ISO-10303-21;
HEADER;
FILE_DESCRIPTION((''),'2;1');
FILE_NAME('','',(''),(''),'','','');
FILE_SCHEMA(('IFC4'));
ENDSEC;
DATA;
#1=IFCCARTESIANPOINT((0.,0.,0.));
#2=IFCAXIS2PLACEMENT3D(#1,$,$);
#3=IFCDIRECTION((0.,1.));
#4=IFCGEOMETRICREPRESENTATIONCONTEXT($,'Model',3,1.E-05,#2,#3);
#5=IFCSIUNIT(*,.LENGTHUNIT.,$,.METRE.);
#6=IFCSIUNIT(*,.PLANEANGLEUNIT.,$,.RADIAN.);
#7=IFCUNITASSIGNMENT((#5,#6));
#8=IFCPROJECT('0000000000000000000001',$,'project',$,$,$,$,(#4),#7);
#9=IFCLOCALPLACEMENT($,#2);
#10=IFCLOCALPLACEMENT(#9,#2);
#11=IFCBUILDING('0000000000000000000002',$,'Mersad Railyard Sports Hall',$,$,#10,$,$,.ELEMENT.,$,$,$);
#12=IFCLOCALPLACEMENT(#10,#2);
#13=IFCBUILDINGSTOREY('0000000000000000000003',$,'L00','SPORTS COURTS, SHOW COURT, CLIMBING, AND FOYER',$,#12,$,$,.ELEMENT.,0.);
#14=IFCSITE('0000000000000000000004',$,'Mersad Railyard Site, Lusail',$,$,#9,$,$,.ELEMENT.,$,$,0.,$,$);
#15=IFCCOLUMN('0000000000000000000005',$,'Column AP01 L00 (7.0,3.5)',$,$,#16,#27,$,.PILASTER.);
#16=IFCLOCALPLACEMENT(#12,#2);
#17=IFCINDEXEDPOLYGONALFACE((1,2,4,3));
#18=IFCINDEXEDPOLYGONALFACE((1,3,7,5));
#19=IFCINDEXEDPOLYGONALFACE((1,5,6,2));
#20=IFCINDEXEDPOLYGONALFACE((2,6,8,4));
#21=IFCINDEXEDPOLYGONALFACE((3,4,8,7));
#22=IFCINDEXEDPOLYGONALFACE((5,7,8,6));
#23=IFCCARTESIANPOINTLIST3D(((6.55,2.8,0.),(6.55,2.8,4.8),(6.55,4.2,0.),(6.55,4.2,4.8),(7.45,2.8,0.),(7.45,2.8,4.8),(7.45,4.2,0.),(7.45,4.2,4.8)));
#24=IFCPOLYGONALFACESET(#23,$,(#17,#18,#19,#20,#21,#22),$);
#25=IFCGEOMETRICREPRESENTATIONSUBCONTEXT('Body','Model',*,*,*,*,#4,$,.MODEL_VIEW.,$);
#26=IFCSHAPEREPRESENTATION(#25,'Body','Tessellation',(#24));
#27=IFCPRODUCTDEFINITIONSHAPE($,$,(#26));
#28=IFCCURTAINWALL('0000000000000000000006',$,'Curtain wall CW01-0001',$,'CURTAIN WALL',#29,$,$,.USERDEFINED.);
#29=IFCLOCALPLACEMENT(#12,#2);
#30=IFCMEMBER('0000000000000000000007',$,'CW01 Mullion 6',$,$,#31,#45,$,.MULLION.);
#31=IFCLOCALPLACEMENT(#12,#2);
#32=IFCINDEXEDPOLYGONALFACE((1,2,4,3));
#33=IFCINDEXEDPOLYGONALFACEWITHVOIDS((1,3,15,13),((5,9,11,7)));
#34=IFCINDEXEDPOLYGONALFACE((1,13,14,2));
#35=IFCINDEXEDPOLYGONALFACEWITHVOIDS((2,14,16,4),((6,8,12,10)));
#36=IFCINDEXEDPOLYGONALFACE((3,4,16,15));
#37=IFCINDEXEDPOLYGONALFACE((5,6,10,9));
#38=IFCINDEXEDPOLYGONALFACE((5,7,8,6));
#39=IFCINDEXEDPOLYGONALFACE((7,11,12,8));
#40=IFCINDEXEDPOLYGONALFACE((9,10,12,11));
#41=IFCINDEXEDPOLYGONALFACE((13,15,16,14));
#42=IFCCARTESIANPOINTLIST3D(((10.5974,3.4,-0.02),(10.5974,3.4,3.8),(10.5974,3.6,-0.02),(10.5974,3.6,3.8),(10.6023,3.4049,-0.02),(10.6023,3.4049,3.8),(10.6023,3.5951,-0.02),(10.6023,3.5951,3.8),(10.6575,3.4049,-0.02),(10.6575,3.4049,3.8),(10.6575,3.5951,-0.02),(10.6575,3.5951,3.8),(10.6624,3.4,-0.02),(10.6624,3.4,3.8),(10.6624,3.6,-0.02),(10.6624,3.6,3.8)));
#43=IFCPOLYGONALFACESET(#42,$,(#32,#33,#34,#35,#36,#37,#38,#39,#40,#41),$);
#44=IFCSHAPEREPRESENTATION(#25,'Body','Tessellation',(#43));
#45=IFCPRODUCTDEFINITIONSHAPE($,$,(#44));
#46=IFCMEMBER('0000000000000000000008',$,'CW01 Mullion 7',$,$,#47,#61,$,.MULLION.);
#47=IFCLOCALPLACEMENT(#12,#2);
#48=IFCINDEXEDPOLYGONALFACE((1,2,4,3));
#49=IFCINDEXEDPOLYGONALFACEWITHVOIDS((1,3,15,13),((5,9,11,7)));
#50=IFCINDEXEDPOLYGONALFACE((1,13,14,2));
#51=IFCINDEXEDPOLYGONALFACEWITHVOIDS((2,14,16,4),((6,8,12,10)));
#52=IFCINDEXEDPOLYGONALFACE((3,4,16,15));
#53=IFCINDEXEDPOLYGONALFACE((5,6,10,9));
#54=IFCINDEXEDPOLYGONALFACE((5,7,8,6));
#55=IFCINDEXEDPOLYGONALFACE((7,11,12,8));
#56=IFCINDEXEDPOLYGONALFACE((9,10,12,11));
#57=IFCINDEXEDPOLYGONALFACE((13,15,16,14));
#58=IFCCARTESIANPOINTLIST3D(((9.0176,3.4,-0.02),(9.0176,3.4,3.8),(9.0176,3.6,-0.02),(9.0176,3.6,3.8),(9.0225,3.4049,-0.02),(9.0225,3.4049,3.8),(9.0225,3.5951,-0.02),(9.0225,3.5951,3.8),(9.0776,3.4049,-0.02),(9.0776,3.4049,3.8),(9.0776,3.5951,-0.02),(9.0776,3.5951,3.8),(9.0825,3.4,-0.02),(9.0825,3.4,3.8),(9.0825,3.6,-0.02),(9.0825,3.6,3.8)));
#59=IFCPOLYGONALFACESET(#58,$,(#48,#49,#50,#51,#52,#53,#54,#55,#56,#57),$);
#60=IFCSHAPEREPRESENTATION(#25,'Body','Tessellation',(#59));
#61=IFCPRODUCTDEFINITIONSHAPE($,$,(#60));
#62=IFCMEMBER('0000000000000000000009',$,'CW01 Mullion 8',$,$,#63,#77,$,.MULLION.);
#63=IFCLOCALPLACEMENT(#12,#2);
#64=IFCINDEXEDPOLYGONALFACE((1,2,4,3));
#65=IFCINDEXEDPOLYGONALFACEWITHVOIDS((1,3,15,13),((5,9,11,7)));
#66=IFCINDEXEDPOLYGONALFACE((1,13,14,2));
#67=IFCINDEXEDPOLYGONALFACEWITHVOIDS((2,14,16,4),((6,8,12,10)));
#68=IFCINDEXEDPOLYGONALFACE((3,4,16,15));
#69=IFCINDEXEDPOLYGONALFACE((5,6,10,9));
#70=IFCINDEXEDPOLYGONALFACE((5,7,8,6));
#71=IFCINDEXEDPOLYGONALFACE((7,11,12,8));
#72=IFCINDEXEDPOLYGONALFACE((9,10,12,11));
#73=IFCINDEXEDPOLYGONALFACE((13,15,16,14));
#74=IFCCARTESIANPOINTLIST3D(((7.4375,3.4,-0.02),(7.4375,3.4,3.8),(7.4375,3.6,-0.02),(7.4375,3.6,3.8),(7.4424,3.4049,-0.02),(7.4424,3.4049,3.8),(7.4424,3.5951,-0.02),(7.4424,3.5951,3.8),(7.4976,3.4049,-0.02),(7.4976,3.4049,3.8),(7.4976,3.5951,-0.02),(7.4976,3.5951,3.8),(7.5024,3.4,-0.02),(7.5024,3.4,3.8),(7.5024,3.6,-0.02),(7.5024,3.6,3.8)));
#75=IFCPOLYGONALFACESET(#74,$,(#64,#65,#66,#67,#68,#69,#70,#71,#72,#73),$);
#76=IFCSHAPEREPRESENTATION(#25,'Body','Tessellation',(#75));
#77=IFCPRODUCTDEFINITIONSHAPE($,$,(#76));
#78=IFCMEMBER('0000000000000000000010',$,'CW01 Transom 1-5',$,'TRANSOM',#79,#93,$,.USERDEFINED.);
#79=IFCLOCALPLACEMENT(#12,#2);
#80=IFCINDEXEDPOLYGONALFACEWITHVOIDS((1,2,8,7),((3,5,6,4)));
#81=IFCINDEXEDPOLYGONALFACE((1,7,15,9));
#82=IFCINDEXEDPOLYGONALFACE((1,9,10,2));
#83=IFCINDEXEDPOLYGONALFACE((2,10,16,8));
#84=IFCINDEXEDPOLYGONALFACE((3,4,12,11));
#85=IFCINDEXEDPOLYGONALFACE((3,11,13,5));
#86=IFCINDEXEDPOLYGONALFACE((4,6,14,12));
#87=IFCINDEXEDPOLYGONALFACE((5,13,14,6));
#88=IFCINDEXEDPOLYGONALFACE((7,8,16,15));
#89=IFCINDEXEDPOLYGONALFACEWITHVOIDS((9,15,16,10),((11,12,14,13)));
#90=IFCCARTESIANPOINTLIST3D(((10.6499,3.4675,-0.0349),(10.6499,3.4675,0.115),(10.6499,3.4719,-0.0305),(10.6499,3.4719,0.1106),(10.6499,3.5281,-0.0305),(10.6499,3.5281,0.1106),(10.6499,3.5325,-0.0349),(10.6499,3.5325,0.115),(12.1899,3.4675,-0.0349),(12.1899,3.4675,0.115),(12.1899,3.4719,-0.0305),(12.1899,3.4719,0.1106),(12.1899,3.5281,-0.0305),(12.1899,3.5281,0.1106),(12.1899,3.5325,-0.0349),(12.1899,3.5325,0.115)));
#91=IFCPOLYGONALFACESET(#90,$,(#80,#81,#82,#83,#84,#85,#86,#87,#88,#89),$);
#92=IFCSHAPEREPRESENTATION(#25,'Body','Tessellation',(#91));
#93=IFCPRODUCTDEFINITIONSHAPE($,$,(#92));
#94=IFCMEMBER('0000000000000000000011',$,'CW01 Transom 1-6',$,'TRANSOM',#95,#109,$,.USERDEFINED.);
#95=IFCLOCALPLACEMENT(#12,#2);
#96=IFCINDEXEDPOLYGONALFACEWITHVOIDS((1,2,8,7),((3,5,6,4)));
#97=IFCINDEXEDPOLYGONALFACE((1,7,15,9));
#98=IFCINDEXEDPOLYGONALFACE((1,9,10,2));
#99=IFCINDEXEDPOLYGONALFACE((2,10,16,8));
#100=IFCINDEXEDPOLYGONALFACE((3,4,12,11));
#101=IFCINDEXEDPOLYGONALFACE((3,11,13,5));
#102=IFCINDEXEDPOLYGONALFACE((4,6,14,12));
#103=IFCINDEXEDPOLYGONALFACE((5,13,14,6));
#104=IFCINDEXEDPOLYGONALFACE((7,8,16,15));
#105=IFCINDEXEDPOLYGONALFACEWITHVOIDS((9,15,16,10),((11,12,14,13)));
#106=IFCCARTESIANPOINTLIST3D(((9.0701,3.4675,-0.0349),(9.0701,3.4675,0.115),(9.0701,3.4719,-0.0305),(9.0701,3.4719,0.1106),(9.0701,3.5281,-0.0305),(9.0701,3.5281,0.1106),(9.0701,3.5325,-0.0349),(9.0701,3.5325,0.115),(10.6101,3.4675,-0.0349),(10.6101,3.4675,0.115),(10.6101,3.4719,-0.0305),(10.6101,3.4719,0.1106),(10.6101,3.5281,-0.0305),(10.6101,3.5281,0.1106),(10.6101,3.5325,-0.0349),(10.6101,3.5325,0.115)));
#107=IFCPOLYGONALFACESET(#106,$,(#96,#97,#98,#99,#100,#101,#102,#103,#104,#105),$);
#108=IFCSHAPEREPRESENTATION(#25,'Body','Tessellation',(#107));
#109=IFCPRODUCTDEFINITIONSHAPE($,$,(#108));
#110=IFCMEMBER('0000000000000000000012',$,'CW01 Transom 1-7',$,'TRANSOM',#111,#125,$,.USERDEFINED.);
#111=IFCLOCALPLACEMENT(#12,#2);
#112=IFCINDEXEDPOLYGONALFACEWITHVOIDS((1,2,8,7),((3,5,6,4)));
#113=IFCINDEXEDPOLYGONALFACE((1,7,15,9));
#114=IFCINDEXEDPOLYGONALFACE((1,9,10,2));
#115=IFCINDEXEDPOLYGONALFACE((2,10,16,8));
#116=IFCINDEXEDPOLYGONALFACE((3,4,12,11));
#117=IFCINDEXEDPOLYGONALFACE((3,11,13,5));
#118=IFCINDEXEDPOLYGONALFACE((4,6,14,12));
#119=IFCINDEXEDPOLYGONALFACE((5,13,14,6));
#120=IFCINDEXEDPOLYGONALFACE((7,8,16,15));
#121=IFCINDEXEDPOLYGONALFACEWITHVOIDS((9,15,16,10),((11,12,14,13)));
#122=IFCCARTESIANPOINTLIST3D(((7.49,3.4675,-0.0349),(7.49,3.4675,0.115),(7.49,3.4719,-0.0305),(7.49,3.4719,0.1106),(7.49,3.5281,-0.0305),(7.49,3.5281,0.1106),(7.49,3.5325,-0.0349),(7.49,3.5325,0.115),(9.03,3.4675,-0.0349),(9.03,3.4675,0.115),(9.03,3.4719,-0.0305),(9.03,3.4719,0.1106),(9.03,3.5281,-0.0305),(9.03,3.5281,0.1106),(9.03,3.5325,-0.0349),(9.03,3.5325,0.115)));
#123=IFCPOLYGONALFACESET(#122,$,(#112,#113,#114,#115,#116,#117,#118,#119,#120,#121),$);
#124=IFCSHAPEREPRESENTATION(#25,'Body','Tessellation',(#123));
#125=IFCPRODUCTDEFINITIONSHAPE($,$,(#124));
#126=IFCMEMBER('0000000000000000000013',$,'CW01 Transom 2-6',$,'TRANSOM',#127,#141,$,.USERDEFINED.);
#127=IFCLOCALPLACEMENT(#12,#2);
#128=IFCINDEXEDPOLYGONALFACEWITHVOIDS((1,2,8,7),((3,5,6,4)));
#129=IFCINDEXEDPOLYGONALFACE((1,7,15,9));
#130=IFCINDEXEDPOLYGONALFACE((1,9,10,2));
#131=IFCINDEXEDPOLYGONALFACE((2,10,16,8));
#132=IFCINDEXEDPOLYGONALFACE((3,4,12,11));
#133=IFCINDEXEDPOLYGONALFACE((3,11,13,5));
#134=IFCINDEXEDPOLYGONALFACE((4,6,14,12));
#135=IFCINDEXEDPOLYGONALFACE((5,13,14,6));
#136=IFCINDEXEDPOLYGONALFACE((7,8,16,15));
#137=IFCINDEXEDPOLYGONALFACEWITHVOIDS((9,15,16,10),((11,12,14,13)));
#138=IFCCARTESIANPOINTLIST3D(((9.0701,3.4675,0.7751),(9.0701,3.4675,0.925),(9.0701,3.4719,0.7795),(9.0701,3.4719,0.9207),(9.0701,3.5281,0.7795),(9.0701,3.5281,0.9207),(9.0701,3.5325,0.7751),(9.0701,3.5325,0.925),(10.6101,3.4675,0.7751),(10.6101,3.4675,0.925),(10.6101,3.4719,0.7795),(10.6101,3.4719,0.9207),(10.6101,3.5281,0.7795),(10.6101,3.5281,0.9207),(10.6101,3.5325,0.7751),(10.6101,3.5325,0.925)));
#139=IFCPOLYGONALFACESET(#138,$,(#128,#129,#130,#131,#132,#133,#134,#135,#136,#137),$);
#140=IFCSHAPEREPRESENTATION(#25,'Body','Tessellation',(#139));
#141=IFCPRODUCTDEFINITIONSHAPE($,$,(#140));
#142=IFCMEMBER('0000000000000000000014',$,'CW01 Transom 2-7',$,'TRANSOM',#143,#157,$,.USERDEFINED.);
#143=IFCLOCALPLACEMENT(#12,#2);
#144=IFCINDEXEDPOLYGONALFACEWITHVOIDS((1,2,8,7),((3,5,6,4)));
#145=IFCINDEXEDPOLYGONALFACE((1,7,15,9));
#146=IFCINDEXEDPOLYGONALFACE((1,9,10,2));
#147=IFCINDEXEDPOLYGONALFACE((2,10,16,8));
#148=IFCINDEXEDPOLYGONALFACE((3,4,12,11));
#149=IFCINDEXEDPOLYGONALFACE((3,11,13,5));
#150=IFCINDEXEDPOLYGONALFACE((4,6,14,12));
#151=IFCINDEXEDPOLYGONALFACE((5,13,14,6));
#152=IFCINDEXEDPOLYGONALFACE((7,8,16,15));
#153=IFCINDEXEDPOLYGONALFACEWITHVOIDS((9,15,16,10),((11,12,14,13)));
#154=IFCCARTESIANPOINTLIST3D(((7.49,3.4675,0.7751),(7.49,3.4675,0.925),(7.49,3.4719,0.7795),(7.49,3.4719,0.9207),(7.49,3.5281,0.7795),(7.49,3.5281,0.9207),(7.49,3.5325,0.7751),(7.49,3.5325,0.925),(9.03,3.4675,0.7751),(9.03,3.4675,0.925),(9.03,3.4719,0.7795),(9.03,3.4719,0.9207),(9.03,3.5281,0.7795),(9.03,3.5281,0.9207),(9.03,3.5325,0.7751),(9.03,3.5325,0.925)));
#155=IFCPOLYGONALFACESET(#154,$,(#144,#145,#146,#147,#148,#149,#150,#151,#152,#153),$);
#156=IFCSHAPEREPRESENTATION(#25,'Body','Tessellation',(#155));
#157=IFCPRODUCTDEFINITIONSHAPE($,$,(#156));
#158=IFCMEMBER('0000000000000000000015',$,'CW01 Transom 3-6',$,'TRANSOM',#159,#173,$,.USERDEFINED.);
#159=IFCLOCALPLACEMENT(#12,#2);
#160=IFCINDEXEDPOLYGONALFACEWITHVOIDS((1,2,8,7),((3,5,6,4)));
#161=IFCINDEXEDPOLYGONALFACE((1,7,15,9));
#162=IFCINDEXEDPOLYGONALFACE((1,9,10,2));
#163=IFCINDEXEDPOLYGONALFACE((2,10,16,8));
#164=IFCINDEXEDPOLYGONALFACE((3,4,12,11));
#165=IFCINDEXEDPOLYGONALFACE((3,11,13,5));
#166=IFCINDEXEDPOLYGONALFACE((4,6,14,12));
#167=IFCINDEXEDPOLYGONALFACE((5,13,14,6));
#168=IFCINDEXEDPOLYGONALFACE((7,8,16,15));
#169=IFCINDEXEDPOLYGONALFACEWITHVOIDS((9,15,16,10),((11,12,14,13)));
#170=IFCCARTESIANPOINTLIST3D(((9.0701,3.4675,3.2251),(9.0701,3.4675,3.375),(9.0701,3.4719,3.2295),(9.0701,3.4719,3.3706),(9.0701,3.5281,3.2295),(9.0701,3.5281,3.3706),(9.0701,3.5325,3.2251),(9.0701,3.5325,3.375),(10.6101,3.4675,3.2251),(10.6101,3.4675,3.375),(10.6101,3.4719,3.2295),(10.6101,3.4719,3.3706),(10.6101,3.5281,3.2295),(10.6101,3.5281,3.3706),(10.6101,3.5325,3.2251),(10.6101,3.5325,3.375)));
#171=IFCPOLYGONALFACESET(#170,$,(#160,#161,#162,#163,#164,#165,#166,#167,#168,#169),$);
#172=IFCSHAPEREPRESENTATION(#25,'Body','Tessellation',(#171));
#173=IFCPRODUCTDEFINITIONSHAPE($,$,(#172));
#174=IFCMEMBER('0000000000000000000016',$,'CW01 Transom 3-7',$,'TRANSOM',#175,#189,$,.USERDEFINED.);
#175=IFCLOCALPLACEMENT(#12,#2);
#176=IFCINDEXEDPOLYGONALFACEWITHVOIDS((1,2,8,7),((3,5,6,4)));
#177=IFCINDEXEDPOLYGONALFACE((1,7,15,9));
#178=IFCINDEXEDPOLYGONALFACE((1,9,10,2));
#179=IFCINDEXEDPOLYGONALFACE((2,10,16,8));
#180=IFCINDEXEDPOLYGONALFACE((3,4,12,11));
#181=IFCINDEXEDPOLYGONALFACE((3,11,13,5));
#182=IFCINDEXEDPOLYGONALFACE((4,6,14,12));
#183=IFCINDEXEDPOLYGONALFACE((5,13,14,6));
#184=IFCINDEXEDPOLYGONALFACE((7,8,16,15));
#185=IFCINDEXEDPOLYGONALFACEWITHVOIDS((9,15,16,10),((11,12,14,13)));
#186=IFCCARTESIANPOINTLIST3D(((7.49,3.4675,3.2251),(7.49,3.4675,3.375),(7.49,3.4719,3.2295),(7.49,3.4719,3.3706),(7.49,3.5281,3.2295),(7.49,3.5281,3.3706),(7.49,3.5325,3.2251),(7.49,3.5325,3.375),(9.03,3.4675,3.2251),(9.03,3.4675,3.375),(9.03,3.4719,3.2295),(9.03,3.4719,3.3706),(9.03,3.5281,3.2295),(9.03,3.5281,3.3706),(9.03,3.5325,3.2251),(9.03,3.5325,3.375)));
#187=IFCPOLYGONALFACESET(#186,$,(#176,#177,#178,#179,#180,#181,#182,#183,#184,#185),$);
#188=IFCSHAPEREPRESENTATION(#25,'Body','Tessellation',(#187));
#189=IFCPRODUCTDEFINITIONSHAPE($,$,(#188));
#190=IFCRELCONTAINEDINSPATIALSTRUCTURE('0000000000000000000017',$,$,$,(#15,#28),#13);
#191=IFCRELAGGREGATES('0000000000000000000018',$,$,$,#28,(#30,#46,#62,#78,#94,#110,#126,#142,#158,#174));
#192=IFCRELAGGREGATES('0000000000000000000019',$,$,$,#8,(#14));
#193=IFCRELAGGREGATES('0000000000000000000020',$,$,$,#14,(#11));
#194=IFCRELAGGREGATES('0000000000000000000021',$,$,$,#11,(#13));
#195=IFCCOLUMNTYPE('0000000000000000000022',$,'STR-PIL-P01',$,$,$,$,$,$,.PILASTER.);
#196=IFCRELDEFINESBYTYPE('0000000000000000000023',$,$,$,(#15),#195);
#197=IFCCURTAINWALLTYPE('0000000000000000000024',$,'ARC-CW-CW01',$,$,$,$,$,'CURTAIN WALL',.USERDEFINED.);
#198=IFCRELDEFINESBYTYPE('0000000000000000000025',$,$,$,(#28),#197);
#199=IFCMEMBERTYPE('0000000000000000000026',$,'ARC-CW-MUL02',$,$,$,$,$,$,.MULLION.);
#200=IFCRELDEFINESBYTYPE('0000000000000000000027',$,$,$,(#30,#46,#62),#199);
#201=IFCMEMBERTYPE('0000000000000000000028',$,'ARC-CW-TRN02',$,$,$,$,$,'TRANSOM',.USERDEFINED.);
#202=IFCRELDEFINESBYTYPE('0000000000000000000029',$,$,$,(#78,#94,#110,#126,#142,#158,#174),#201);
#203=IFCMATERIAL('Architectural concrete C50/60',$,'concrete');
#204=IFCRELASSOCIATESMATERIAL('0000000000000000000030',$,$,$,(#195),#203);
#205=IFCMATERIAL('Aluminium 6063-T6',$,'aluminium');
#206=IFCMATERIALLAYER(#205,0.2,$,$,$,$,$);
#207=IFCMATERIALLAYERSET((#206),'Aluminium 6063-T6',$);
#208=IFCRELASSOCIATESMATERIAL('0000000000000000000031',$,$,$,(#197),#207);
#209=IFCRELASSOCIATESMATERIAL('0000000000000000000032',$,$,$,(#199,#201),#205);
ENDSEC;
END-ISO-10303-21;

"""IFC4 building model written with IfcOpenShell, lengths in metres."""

from ifc_helpers import new_model, si_unit, direction, frame, origin, origin_2d, place, context, subcontext, project, spatial, rectangle, hollow_rectangle, extrude, material, layer, layer_set, material_profile, profile_set, type_object, element, aggregate, save


model = new_model("IFC4")

# Units and contexts
model_context = context("Model", 3, precision=1e-05, world=origin(), true_north=direction((0.0, 1.0)))
body_context = subcontext(model_context, "Body", "Model", "MODEL_VIEW")
ifc_project = project(units=[si_unit("LENGTHUNIT", "METRE"), si_unit("PLANEANGLEUNIT", "RADIAN")], contexts=[model_context])

# Site, building, storey
site_placement = place(None, origin())
site = spatial("IfcSite", under=ifc_project, at=site_placement, Name="Mersad Railyard Site, Lusail", CompositionType="ELEMENT", RefElevation=0.0)
building_placement = place(site_placement, origin())
building = spatial("IfcBuilding", under=site, at=building_placement, Name="Mersad Railyard Sports Hall", CompositionType="ELEMENT")
storey_placement = place(building_placement, origin())
storey = spatial("IfcBuildingStorey", under=building, at=storey_placement, Name="L00", Description="SPORTS COURTS, SHOW COURT, CLIMBING, AND FOYER", CompositionType="ELEMENT", Elevation=0.0)

# Column
ifc_material_1 = material(Name="Architectural concrete C50/60", Category="concrete")
ifc_material_profile_1 = material_profile(ifc_material_1, rectangle(XDim=0.8999, YDim=1.3999, at=origin_2d()), Name="RC 900x1400")
ifc_profile_set_1 = profile_set([ifc_material_profile_1], Name="Architectural concrete C50/60")
column_type = type_object("IfcColumnType", Name="STR-PIL-P01", PredefinedType="PILASTER", material=ifc_profile_set_1)
column_placement = place(storey_placement, frame((7.0, 3.5, 0.0), z_axis=(0.0, 0.0, 1.0), x_axis=(1.0, 0.0, 0.0)))
element("IfcColumn", 1, at=column_placement, inside=storey, type_object=column_type, Name="Column AP01 L00 (7.0,3.5)", PredefinedType="PILASTER", context=body_context, shape_type="SweptSolid", body=[
    extrude(rectangle(XDim=0.8999, YDim=1.3999, at=origin_2d()), origin(), (0.0, 0.0, 1.0), 4.8),
])

# Curtain wall, members
ifc_material_2 = material(Name="Aluminium 6063-T6", Category="aluminium")
ifc_layer_1 = layer(ifc_material_2, 0.2)
ifc_layer_set_1 = layer_set([ifc_layer_1], Name="Aluminium 6063-T6")
curtain_wall_type = type_object("IfcCurtainWallType", Name="ARC-CW-CW01", ElementType="CURTAIN WALL", PredefinedType="USERDEFINED", material=ifc_layer_set_1)
curtain_wall_placement = place(storey_placement, origin())
curtain_wall = element("IfcCurtainWall", 2, at=curtain_wall_placement, inside=storey, type_object=curtain_wall_type, Name="Curtain wall CW01-0001", ObjectType="CURTAIN WALL", PredefinedType="USERDEFINED")
ifc_material_profile_2 = material_profile(ifc_material_2, hollow_rectangle(XDim=0.0649, YDim=0.2, WallThickness=0.0049, at=origin_2d()), Name="AL MULLION 65x200x5")
ifc_profile_set_2 = profile_set([ifc_material_profile_2], Name="Aluminium 6063-T6")
member_type_1 = type_object("IfcMemberType", Name="ARC-CW-MUL02", PredefinedType="MULLION", material=ifc_profile_set_2)
member_1_placement = place(storey_placement, frame((10.6299, 3.5, -0.02), z_axis=(0.0, 0.0, 1.0), x_axis=(1.0, 0.0, 0.0)))
member_1 = element("IfcMember", 3, at=member_1_placement, type_object=member_type_1, Name="CW01 Mullion 6", PredefinedType="MULLION", context=body_context, shape_type="SweptSolid", body=[
    extrude(hollow_rectangle(XDim=0.0649, YDim=0.2, WallThickness=0.0049, at=origin_2d()), origin(), (0.0, 0.0, 1.0), 3.8201),
])
member_2_placement = place(storey_placement, frame((9.05, 3.5, -0.02), z_axis=(0.0, 0.0, 1.0), x_axis=(1.0, 0.0, 0.0)))
member_2 = element("IfcMember", 4, at=member_2_placement, type_object=member_type_1, Name="CW01 Mullion 7", PredefinedType="MULLION", context=body_context, shape_type="SweptSolid", body=[
    extrude(hollow_rectangle(XDim=0.0649, YDim=0.2, WallThickness=0.0049, at=origin_2d()), origin(), (0.0, 0.0, 1.0), 3.8201),
])
member_3_placement = place(storey_placement, frame((7.47, 3.5, -0.02), z_axis=(0.0, 0.0, 1.0), x_axis=(1.0, 0.0, 0.0)))
member_3 = element("IfcMember", 5, at=member_3_placement, type_object=member_type_1, Name="CW01 Mullion 8", PredefinedType="MULLION", context=body_context, shape_type="SweptSolid", body=[
    extrude(hollow_rectangle(XDim=0.0649, YDim=0.2, WallThickness=0.0049, at=origin_2d()), origin(), (0.0, 0.0, 1.0), 3.8201),
])
ifc_material_profile_3 = material_profile(ifc_material_2, hollow_rectangle(XDim=0.0649, YDim=0.1499, WallThickness=0.0044, at=origin_2d()), Name="AL TRANSOM 65x150x4.5")
ifc_profile_set_3 = profile_set([ifc_material_profile_3], Name="Aluminium 6063-T6")
member_type_2 = type_object("IfcMemberType", Name="ARC-CW-TRN02", ElementType="TRANSOM", PredefinedType="USERDEFINED", material=ifc_profile_set_3)
member_4_placement = place(storey_placement, frame((12.1899, 3.5, 0.04), z_axis=(-1.0, 0.0, 0.0), x_axis=(0.0, -1.0, 0.0)))
member_4 = element("IfcMember", 6, at=member_4_placement, type_object=member_type_2, Name="CW01 Transom 1-5", ObjectType="TRANSOM", PredefinedType="USERDEFINED", context=body_context, shape_type="SweptSolid", body=[
    extrude(hollow_rectangle(XDim=0.0649, YDim=0.1499, WallThickness=0.0044, at=origin_2d()), origin(), (0.0, 0.0, 1.0), 1.54),
])
member_5_placement = place(storey_placement, frame((10.6101, 3.5, 0.04), z_axis=(-1.0, 0.0, 0.0), x_axis=(0.0, -1.0, 0.0)))
member_5 = element("IfcMember", 7, at=member_5_placement, type_object=member_type_2, Name="CW01 Transom 1-6", ObjectType="TRANSOM", PredefinedType="USERDEFINED", context=body_context, shape_type="SweptSolid", body=[
    extrude(hollow_rectangle(XDim=0.0649, YDim=0.1499, WallThickness=0.0044, at=origin_2d()), origin(), (0.0, 0.0, 1.0), 1.54),
])
member_6_placement = place(storey_placement, frame((9.03, 3.5, 0.04), z_axis=(-1.0, 0.0, 0.0), x_axis=(0.0, -1.0, 0.0)))
member_6 = element("IfcMember", 8, at=member_6_placement, type_object=member_type_2, Name="CW01 Transom 1-7", ObjectType="TRANSOM", PredefinedType="USERDEFINED", context=body_context, shape_type="SweptSolid", body=[
    extrude(hollow_rectangle(XDim=0.0649, YDim=0.1499, WallThickness=0.0044, at=origin_2d()), origin(), (0.0, 0.0, 1.0), 1.54),
])
member_7_placement = place(storey_placement, frame((10.6101, 3.5, 0.8501), z_axis=(-1.0, 0.0, 0.0), x_axis=(0.0, -1.0, 0.0)))
member_7 = element("IfcMember", 9, at=member_7_placement, type_object=member_type_2, Name="CW01 Transom 2-6", ObjectType="TRANSOM", PredefinedType="USERDEFINED", context=body_context, shape_type="SweptSolid", body=[
    extrude(hollow_rectangle(XDim=0.0649, YDim=0.1499, WallThickness=0.0044, at=origin_2d()), origin(), (0.0, 0.0, 1.0), 1.54),
])
member_8_placement = place(storey_placement, frame((9.03, 3.5, 0.8501), z_axis=(-1.0, 0.0, 0.0), x_axis=(0.0, -1.0, 0.0)))
member_8 = element("IfcMember", 10, at=member_8_placement, type_object=member_type_2, Name="CW01 Transom 2-7", ObjectType="TRANSOM", PredefinedType="USERDEFINED", context=body_context, shape_type="SweptSolid", body=[
    extrude(hollow_rectangle(XDim=0.0649, YDim=0.1499, WallThickness=0.0044, at=origin_2d()), origin(), (0.0, 0.0, 1.0), 1.54),
])
member_9_placement = place(storey_placement, frame((10.6101, 3.5, 3.3), z_axis=(-1.0, 0.0, 0.0), x_axis=(0.0, -1.0, 0.0)))
member_9 = element("IfcMember", 11, at=member_9_placement, type_object=member_type_2, Name="CW01 Transom 3-6", ObjectType="TRANSOM", PredefinedType="USERDEFINED", context=body_context, shape_type="SweptSolid", body=[
    extrude(hollow_rectangle(XDim=0.0649, YDim=0.1499, WallThickness=0.0044, at=origin_2d()), origin(), (0.0, 0.0, 1.0), 1.54),
])
member_10_placement = place(storey_placement, frame((9.03, 3.5, 3.3), z_axis=(-1.0, 0.0, 0.0), x_axis=(0.0, -1.0, 0.0)))
member_10 = element("IfcMember", 12, at=member_10_placement, type_object=member_type_2, Name="CW01 Transom 3-7", ObjectType="TRANSOM", PredefinedType="USERDEFINED", context=body_context, shape_type="SweptSolid", body=[
    extrude(hollow_rectangle(XDim=0.0649, YDim=0.1499, WallThickness=0.0044, at=origin_2d()), origin(), (0.0, 0.0, 1.0), 1.54),
])

aggregate(curtain_wall, [member_1, member_2, member_3, member_4, member_5, member_6, member_7, member_8, member_9, member_10])

save(model, "model.ifc")
